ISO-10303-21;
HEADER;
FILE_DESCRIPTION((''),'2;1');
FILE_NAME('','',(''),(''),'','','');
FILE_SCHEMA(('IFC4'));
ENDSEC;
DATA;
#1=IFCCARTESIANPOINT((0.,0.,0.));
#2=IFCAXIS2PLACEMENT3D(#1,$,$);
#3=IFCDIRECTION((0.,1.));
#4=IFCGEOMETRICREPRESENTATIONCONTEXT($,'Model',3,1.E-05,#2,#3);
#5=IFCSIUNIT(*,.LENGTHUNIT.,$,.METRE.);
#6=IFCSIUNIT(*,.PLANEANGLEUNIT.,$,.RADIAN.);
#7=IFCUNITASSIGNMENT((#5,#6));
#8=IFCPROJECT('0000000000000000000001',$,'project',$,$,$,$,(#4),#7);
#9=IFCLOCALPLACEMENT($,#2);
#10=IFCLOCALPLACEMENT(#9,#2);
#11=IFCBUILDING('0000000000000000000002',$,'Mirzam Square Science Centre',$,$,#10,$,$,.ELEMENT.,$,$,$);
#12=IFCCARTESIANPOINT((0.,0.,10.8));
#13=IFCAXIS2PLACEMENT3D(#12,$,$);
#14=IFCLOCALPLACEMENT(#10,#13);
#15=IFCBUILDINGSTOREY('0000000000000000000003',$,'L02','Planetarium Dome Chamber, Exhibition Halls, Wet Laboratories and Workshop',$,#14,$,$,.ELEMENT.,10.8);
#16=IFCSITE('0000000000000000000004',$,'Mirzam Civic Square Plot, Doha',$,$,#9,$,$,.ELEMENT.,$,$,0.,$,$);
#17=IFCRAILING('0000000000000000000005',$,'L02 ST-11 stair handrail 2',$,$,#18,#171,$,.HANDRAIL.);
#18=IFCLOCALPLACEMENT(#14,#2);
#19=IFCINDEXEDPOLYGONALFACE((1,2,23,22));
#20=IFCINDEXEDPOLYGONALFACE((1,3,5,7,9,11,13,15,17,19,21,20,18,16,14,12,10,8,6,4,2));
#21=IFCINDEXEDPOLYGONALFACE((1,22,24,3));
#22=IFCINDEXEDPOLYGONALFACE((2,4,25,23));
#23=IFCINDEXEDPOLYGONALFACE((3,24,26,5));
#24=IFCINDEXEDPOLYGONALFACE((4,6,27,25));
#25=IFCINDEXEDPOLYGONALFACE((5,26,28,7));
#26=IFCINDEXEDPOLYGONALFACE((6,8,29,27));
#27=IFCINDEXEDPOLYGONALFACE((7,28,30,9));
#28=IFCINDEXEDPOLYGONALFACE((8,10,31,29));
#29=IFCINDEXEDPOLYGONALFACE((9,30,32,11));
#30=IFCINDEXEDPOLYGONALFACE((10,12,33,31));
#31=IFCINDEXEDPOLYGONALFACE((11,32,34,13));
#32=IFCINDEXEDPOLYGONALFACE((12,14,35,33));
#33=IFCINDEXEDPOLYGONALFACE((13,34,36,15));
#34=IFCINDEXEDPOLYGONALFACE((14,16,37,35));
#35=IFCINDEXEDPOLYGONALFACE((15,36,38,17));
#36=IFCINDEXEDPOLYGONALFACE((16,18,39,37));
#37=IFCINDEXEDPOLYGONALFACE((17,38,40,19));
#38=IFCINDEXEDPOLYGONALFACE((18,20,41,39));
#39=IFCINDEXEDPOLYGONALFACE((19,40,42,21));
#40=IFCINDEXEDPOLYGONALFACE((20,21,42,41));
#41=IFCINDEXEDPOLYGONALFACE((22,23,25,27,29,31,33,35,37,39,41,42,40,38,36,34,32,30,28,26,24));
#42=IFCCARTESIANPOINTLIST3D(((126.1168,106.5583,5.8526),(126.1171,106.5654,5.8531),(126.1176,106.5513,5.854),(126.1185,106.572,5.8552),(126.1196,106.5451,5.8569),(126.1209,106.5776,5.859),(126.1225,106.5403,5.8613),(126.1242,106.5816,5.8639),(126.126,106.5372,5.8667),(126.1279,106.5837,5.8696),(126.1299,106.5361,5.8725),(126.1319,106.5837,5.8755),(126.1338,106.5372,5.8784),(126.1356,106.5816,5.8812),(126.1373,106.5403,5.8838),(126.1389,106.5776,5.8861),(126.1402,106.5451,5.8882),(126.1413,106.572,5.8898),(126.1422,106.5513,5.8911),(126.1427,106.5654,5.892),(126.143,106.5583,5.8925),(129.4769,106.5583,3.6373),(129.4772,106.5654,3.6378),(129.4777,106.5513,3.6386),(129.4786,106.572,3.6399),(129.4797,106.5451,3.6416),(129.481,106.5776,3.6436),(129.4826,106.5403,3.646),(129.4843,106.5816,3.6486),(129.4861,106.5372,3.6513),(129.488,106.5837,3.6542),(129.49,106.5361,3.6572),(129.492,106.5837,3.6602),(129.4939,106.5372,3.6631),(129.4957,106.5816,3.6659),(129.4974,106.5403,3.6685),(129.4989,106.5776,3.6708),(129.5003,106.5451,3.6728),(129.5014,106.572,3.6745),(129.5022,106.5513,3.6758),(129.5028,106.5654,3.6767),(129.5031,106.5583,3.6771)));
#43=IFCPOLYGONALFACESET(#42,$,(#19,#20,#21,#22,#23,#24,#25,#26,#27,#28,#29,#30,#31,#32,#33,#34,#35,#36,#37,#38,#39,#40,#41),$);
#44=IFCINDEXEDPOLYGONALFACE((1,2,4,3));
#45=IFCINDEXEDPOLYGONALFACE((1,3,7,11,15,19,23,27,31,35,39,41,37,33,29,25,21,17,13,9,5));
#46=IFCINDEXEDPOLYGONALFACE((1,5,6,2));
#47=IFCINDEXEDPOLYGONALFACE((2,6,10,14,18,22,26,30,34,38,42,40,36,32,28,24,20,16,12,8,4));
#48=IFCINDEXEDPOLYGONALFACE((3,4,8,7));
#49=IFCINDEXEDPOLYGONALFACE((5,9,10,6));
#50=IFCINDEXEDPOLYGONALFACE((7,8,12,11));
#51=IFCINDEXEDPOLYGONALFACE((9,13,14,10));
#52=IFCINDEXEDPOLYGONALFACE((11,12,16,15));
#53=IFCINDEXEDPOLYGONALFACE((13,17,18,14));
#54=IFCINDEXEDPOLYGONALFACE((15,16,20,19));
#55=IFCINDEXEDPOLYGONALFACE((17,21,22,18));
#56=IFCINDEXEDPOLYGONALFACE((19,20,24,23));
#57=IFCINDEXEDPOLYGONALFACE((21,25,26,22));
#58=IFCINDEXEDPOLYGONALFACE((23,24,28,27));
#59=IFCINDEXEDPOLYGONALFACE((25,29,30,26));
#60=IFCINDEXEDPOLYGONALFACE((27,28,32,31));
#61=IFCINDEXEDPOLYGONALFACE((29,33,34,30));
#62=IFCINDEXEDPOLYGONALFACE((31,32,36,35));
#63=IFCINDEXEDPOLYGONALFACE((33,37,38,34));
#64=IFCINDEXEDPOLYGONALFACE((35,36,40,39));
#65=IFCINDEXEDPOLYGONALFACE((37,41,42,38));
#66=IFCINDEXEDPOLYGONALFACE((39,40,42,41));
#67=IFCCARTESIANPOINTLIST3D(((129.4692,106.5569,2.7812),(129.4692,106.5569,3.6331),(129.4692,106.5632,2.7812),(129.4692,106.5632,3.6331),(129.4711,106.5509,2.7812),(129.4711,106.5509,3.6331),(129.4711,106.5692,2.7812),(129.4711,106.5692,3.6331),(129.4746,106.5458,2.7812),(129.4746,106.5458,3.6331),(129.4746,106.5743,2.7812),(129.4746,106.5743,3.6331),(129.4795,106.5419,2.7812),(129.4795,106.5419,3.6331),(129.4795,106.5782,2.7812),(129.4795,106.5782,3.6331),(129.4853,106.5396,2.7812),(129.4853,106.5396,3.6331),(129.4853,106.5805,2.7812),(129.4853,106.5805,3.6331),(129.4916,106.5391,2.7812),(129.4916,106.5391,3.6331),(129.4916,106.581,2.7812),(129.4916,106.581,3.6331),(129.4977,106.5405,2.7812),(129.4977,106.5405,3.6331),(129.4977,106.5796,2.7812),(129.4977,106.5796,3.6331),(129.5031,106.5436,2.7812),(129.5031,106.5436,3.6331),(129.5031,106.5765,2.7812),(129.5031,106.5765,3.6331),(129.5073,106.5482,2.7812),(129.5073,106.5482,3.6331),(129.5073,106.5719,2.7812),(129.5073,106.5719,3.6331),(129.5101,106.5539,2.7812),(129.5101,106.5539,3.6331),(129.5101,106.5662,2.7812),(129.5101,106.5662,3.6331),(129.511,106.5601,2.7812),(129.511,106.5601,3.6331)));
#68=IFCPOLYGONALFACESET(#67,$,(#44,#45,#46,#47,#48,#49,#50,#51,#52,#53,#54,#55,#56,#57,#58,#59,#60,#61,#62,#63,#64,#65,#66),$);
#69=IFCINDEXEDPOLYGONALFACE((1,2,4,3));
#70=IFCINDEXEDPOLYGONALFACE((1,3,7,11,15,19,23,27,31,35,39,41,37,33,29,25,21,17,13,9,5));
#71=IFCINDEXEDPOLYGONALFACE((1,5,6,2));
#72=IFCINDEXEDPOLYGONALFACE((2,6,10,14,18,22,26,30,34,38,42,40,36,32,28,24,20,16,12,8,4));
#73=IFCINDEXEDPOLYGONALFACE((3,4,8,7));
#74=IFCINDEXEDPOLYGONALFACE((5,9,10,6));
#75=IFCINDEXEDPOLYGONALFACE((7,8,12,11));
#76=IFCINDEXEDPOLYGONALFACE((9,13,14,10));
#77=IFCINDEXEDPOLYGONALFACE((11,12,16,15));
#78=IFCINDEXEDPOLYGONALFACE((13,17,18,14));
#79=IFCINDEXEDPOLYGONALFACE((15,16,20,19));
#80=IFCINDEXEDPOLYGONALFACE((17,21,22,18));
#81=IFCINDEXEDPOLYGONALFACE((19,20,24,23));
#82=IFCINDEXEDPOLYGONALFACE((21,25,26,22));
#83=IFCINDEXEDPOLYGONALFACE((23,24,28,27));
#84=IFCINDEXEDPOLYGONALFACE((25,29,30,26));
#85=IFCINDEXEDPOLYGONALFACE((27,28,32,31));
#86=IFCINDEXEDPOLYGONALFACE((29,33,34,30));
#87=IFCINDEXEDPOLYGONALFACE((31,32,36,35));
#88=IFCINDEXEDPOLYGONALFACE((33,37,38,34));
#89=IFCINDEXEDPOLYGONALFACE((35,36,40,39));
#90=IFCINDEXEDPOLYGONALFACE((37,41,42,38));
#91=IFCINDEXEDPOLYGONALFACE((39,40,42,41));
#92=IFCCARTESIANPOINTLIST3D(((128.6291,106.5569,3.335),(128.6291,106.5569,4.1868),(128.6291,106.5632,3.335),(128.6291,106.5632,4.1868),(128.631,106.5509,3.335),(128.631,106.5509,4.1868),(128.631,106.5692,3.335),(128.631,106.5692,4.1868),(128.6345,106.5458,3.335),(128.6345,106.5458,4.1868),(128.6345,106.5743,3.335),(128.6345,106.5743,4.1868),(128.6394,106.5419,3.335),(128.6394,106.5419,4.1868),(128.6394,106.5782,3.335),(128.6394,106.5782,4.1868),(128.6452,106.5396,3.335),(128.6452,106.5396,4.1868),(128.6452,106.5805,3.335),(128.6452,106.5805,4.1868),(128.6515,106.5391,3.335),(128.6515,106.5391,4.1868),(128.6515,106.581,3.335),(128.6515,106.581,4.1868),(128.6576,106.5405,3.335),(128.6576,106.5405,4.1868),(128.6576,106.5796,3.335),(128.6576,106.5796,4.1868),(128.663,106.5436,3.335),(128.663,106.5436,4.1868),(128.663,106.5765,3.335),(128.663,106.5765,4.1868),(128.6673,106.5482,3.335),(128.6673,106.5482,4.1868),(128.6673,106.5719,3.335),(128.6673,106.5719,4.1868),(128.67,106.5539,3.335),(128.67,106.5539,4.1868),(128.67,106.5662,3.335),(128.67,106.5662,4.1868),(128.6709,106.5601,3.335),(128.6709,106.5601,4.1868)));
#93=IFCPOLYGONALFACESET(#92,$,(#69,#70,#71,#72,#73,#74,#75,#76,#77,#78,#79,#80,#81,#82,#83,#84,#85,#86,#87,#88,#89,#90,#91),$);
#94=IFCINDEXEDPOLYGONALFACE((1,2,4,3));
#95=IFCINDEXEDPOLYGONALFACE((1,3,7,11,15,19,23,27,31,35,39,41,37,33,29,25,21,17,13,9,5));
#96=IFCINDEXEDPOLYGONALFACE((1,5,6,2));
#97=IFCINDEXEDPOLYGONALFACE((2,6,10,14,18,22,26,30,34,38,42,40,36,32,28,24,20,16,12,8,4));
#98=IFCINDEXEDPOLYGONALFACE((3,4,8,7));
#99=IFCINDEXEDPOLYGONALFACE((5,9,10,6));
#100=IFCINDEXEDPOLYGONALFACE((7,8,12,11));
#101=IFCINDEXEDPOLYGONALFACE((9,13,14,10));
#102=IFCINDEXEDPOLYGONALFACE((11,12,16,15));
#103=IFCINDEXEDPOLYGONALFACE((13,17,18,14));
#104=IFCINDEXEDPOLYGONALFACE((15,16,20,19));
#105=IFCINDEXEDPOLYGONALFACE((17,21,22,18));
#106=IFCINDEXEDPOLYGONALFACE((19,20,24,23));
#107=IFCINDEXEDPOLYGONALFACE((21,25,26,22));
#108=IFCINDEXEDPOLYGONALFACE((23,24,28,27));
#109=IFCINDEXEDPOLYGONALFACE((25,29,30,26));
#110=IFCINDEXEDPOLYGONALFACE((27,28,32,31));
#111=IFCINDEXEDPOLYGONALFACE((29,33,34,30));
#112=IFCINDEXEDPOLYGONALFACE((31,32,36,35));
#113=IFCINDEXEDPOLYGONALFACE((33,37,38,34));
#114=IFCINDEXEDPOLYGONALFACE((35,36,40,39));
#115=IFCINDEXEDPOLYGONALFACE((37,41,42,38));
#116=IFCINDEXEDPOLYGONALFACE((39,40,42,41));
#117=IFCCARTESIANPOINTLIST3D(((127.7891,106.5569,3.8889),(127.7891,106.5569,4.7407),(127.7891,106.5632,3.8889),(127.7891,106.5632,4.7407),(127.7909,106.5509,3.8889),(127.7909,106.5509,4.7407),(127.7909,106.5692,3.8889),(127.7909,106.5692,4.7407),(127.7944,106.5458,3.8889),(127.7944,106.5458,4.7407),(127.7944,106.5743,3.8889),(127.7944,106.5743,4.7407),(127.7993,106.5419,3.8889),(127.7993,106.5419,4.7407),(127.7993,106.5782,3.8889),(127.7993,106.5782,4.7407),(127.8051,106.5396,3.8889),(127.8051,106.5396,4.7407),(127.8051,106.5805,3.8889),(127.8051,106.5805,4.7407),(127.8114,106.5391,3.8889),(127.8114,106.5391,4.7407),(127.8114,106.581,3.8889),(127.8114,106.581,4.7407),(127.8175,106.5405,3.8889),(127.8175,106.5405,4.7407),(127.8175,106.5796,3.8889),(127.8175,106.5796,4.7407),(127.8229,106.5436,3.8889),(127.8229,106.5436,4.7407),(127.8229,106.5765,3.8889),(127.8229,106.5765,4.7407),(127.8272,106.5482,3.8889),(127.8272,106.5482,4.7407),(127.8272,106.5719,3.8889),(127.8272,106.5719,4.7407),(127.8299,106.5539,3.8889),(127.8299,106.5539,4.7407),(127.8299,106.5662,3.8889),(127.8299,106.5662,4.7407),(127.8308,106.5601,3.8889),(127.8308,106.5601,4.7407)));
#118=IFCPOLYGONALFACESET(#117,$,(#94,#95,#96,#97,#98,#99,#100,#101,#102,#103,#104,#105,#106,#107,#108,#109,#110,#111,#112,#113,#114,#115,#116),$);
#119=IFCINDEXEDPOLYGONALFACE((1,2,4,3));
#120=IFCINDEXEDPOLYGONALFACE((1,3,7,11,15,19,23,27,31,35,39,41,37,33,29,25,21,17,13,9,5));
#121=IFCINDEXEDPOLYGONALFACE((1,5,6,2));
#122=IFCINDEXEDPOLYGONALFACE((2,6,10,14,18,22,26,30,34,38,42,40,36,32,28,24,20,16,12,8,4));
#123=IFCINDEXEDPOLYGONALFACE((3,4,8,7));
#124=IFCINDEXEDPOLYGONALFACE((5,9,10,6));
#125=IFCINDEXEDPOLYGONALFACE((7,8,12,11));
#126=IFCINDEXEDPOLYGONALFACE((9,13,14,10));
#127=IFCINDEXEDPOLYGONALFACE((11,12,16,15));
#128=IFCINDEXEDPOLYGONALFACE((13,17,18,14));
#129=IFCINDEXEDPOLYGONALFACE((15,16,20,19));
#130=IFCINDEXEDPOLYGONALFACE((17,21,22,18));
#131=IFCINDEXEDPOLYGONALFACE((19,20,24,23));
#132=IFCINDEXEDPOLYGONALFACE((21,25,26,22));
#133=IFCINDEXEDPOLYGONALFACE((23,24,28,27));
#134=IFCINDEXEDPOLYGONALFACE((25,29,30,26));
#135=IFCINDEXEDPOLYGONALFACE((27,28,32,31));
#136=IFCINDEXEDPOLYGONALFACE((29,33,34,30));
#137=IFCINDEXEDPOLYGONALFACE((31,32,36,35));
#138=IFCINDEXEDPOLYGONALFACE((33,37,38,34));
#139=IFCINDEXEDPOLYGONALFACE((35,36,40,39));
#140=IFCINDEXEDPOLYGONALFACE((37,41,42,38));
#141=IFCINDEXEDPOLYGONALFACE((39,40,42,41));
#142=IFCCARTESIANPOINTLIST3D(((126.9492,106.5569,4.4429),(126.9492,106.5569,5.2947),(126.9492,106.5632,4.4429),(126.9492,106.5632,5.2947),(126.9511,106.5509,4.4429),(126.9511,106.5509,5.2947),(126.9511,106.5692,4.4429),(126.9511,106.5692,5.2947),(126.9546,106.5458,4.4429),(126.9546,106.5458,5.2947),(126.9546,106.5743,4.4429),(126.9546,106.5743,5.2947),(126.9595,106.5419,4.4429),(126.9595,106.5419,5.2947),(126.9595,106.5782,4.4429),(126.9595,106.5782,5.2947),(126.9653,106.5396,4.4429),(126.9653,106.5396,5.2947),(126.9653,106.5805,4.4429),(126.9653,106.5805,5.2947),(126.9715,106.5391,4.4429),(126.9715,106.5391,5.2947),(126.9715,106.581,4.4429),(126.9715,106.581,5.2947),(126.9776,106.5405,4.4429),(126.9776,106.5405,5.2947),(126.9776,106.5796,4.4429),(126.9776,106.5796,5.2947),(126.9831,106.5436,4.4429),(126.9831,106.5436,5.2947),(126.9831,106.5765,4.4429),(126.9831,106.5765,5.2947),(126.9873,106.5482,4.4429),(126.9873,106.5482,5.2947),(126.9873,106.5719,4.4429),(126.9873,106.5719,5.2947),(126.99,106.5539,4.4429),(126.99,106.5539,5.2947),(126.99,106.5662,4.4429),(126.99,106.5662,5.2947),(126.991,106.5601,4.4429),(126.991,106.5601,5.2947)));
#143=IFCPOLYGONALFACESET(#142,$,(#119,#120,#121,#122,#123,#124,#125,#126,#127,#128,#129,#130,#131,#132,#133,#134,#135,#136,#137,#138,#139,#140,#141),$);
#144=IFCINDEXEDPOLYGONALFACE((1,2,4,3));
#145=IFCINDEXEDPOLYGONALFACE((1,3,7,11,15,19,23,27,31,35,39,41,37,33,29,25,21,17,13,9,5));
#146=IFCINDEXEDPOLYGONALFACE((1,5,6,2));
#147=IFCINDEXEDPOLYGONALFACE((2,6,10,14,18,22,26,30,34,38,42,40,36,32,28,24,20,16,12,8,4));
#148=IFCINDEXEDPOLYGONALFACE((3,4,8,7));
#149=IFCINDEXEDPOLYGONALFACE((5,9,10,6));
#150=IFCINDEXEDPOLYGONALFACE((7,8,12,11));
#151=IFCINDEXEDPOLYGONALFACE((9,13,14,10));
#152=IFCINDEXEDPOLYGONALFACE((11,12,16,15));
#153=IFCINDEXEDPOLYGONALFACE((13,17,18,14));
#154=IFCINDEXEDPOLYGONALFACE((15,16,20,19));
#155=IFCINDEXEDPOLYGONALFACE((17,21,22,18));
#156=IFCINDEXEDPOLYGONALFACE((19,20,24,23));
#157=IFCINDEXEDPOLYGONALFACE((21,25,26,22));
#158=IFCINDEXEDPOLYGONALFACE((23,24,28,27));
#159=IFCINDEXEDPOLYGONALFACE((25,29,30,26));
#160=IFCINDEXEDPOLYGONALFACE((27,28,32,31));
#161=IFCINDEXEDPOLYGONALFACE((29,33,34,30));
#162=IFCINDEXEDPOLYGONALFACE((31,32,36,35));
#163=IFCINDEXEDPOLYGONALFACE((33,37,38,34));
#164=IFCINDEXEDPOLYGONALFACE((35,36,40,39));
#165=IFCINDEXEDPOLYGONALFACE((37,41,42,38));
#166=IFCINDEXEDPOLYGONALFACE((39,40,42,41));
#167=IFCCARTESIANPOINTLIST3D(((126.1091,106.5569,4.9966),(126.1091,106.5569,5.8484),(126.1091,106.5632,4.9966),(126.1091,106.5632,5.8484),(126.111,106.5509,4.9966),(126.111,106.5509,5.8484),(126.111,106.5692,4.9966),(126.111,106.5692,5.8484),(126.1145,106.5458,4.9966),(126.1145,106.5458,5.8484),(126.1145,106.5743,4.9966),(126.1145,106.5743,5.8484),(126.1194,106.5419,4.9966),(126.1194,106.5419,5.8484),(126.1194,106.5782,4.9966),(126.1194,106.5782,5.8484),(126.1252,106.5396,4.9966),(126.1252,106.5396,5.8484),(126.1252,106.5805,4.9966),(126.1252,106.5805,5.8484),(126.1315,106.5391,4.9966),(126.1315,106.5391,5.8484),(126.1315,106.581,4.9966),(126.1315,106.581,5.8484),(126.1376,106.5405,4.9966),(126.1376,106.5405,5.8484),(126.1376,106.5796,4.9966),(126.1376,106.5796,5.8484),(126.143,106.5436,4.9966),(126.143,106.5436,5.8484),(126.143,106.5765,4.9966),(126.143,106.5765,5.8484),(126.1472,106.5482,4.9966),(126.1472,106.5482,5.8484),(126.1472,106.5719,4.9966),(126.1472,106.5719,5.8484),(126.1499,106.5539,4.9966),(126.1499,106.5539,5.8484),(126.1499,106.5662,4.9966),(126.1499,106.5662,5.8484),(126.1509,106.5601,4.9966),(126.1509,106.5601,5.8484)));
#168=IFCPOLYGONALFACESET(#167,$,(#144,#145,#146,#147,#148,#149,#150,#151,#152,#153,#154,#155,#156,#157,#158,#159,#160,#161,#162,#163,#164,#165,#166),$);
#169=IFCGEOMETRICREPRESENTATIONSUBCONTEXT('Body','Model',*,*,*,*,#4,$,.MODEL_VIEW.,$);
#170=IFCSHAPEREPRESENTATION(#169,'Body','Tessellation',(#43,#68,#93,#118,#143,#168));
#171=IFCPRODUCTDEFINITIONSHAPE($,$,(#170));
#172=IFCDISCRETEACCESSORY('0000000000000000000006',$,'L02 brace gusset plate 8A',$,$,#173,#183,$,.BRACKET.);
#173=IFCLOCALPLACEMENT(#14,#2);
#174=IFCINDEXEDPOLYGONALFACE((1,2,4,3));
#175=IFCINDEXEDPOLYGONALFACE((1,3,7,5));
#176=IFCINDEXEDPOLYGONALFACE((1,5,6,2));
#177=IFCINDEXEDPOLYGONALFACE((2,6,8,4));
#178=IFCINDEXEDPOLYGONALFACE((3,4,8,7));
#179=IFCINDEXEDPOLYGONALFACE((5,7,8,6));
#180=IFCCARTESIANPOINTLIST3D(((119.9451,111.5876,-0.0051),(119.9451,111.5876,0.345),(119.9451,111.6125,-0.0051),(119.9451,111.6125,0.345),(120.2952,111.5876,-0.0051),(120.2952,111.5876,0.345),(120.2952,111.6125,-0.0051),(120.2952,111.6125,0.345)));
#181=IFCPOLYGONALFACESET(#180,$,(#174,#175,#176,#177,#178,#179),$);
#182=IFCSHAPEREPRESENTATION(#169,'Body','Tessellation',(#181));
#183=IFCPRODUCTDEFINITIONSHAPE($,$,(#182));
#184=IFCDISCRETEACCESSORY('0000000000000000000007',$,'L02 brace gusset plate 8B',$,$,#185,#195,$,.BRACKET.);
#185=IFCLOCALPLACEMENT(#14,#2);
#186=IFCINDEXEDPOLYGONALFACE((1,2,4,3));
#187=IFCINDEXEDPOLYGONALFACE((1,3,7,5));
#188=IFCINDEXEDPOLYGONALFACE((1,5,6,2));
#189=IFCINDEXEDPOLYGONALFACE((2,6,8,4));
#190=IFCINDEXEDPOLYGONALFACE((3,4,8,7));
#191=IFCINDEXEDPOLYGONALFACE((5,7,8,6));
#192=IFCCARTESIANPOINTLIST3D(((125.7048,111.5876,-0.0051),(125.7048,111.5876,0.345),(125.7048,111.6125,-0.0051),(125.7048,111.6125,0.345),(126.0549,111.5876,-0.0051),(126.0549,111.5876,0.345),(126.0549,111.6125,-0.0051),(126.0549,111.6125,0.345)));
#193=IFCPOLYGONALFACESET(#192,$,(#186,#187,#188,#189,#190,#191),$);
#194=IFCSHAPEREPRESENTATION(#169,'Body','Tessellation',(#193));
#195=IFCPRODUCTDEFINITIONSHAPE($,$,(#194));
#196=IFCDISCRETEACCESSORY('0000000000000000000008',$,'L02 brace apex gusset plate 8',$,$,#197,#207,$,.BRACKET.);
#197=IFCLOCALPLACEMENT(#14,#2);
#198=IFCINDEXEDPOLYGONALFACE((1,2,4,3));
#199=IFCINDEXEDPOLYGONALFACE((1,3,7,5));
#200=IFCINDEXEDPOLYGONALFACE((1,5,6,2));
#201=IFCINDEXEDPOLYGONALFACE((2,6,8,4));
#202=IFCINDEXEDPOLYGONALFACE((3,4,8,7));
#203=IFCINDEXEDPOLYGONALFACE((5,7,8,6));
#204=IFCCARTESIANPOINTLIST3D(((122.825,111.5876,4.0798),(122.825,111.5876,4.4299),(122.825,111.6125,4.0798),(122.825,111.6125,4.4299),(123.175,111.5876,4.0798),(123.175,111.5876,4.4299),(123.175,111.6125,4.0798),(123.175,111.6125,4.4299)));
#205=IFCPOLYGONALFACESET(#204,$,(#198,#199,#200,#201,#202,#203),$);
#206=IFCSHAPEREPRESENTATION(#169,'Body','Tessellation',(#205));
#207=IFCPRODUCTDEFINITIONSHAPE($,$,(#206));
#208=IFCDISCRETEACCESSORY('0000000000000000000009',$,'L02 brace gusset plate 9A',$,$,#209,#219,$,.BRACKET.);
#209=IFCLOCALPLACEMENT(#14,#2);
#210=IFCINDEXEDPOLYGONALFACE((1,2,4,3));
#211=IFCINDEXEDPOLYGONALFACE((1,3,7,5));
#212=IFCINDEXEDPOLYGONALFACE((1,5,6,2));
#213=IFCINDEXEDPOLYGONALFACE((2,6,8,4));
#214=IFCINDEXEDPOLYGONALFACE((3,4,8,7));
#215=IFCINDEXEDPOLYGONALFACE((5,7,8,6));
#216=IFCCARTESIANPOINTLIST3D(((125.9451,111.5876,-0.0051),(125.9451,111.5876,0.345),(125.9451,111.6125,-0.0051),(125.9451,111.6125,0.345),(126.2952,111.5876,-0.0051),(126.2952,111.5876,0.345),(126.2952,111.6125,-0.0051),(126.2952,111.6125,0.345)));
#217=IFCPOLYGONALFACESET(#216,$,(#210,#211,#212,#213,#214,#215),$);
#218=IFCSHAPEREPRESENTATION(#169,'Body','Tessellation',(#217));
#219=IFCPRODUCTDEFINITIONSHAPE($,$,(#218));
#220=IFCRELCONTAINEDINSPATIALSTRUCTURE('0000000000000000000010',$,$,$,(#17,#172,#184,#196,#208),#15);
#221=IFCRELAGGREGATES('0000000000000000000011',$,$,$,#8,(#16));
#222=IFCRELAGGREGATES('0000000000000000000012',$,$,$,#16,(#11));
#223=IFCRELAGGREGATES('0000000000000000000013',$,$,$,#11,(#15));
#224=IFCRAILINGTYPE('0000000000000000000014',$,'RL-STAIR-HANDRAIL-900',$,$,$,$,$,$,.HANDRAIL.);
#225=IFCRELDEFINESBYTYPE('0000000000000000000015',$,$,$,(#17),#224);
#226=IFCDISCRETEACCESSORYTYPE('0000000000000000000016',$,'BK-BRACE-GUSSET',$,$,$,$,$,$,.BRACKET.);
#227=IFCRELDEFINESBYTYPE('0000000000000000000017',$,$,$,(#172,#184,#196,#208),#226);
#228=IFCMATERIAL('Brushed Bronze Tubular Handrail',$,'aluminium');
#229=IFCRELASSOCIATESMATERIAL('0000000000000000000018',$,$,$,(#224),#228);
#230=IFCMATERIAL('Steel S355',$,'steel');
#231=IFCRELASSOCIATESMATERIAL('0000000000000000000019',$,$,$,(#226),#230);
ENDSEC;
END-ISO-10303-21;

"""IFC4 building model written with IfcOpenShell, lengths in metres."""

from ifc_helpers import new_model, si_unit, direction, frame, origin, origin_2d, place, context, subcontext, project, spatial, rectangle, circle, extrude, material, type_object, element, save


model = new_model("IFC4")

# Units and contexts
model_context = context("Model", 3, precision=1e-05, world=origin(), true_north=direction((0.0, 1.0)))
body_context = subcontext(model_context, "Body", "Model", "MODEL_VIEW")
ifc_project = project(units=[si_unit("LENGTHUNIT", "METRE"), si_unit("PLANEANGLEUNIT", "RADIAN")], contexts=[model_context])

# Site, building, storey
site_placement = place(None, origin())
site = spatial("IfcSite", under=ifc_project, at=site_placement, Name="Mirzam Civic Square Plot, Doha", CompositionType="ELEMENT", RefElevation=0.0)
building_placement = place(site_placement, origin())
building = spatial("IfcBuilding", under=site, at=building_placement, Name="Mirzam Square Science Centre", CompositionType="ELEMENT")
storey_placement = place(building_placement, frame((0.0, 0.0, 10.8)))
storey = spatial("IfcBuildingStorey", under=building, at=storey_placement, Name="L02", Description="Planetarium Dome Chamber, Exhibition Halls, Wet Laboratories and Workshop", CompositionType="ELEMENT", Elevation=10.8)

# Shared definitions
ifc_material_1 = material(Name="Steel S355", Category="steel")

# Railing
ifc_material_2 = material(Name="Brushed Bronze Tubular Handrail", Category="aluminium")
railing_type_1 = type_object("IfcRailingType", Name="RL-STAIR-HANDRAIL-900", PredefinedType="HANDRAIL", material=ifc_material_2)
railing_1_placement = place(storey_placement, frame((129.49, 106.5601, 2.7812)))
element("IfcRailing", 1, at=railing_1_placement, inside=storey, type_object=railing_type_1, Name="L02 ST-11 stair handrail 2", PredefinedType="HANDRAIL", context=body_context, shape_type="SweptSolid", body=[
    extrude(circle(Radius=0.0239, at=origin_2d()), frame((0.0, 0.0, 0.876), z_axis=(-0.834876, 0.0, 0.550437), x_axis=(0.0, -1.0, 0.0)), (0.0, 0.0, 1.0), 4.0247),
    extrude(circle(Radius=0.021, at=origin_2d()), origin(), (0.0, 0.0, 1.0), 0.8518),
    extrude(circle(Radius=0.021, at=origin_2d()), frame((-0.8401, 0.0, 0.5537)), (0.0, 0.0, 1.0), 0.8518),
    extrude(circle(Radius=0.021, at=origin_2d()), frame((-1.6802, 0.0, 1.1077)), (0.0, 0.0, 1.0), 0.8518),
    extrude(circle(Radius=0.021, at=origin_2d()), frame((-2.52, 0.0, 1.6616)), (0.0, 0.0, 1.0), 0.8518),
    extrude(circle(Radius=0.021, at=origin_2d()), frame((-3.3601, 0.0, 2.2153)), (0.0, 0.0, 1.0), 0.8518),
])

# Discrete accessories
discrete_accessory_type = type_object("IfcDiscreteAccessoryType", Name="BK-BRACE-GUSSET", PredefinedType="BRACKET", material=ifc_material_1)
for number, where, z_axis, x_axis, name in (
    (2, (120.1201, 111.6001, -0.0051), (0.0, 0.0, 1.0), (1.0, 0.0, 0.0), "L02 brace gusset plate 8A"),
    (3, (125.8799, 111.6001, -0.0051), (0.0, 0.0, 1.0), (1.0, 0.0, 0.0), "L02 brace gusset plate 8B"),
    (4, (123.0, 111.6001, 4.0798), (0.0, 0.0, 1.0), (1.0, 0.0, 0.0), "L02 brace apex gusset plate 8"),
    (5, (126.1201, 111.6001, -0.0051), (0.0, 0.0, 1.0), (1.0, 0.0, 0.0), "L02 brace gusset plate 9A"),
):
    element("IfcDiscreteAccessory", number, at=place(storey_placement, frame(where, z_axis=z_axis, x_axis=x_axis)), inside=storey, type_object=discrete_accessory_type, Name=name, PredefinedType="BRACKET", context=body_context, shape_type="SweptSolid", body=[
        extrude(rectangle(XDim=0.3501, YDim=0.0249, at=origin_2d()), origin(), (0.0, 0.0, 1.0), 0.3501),
    ])

save(model, "model.ifc")
